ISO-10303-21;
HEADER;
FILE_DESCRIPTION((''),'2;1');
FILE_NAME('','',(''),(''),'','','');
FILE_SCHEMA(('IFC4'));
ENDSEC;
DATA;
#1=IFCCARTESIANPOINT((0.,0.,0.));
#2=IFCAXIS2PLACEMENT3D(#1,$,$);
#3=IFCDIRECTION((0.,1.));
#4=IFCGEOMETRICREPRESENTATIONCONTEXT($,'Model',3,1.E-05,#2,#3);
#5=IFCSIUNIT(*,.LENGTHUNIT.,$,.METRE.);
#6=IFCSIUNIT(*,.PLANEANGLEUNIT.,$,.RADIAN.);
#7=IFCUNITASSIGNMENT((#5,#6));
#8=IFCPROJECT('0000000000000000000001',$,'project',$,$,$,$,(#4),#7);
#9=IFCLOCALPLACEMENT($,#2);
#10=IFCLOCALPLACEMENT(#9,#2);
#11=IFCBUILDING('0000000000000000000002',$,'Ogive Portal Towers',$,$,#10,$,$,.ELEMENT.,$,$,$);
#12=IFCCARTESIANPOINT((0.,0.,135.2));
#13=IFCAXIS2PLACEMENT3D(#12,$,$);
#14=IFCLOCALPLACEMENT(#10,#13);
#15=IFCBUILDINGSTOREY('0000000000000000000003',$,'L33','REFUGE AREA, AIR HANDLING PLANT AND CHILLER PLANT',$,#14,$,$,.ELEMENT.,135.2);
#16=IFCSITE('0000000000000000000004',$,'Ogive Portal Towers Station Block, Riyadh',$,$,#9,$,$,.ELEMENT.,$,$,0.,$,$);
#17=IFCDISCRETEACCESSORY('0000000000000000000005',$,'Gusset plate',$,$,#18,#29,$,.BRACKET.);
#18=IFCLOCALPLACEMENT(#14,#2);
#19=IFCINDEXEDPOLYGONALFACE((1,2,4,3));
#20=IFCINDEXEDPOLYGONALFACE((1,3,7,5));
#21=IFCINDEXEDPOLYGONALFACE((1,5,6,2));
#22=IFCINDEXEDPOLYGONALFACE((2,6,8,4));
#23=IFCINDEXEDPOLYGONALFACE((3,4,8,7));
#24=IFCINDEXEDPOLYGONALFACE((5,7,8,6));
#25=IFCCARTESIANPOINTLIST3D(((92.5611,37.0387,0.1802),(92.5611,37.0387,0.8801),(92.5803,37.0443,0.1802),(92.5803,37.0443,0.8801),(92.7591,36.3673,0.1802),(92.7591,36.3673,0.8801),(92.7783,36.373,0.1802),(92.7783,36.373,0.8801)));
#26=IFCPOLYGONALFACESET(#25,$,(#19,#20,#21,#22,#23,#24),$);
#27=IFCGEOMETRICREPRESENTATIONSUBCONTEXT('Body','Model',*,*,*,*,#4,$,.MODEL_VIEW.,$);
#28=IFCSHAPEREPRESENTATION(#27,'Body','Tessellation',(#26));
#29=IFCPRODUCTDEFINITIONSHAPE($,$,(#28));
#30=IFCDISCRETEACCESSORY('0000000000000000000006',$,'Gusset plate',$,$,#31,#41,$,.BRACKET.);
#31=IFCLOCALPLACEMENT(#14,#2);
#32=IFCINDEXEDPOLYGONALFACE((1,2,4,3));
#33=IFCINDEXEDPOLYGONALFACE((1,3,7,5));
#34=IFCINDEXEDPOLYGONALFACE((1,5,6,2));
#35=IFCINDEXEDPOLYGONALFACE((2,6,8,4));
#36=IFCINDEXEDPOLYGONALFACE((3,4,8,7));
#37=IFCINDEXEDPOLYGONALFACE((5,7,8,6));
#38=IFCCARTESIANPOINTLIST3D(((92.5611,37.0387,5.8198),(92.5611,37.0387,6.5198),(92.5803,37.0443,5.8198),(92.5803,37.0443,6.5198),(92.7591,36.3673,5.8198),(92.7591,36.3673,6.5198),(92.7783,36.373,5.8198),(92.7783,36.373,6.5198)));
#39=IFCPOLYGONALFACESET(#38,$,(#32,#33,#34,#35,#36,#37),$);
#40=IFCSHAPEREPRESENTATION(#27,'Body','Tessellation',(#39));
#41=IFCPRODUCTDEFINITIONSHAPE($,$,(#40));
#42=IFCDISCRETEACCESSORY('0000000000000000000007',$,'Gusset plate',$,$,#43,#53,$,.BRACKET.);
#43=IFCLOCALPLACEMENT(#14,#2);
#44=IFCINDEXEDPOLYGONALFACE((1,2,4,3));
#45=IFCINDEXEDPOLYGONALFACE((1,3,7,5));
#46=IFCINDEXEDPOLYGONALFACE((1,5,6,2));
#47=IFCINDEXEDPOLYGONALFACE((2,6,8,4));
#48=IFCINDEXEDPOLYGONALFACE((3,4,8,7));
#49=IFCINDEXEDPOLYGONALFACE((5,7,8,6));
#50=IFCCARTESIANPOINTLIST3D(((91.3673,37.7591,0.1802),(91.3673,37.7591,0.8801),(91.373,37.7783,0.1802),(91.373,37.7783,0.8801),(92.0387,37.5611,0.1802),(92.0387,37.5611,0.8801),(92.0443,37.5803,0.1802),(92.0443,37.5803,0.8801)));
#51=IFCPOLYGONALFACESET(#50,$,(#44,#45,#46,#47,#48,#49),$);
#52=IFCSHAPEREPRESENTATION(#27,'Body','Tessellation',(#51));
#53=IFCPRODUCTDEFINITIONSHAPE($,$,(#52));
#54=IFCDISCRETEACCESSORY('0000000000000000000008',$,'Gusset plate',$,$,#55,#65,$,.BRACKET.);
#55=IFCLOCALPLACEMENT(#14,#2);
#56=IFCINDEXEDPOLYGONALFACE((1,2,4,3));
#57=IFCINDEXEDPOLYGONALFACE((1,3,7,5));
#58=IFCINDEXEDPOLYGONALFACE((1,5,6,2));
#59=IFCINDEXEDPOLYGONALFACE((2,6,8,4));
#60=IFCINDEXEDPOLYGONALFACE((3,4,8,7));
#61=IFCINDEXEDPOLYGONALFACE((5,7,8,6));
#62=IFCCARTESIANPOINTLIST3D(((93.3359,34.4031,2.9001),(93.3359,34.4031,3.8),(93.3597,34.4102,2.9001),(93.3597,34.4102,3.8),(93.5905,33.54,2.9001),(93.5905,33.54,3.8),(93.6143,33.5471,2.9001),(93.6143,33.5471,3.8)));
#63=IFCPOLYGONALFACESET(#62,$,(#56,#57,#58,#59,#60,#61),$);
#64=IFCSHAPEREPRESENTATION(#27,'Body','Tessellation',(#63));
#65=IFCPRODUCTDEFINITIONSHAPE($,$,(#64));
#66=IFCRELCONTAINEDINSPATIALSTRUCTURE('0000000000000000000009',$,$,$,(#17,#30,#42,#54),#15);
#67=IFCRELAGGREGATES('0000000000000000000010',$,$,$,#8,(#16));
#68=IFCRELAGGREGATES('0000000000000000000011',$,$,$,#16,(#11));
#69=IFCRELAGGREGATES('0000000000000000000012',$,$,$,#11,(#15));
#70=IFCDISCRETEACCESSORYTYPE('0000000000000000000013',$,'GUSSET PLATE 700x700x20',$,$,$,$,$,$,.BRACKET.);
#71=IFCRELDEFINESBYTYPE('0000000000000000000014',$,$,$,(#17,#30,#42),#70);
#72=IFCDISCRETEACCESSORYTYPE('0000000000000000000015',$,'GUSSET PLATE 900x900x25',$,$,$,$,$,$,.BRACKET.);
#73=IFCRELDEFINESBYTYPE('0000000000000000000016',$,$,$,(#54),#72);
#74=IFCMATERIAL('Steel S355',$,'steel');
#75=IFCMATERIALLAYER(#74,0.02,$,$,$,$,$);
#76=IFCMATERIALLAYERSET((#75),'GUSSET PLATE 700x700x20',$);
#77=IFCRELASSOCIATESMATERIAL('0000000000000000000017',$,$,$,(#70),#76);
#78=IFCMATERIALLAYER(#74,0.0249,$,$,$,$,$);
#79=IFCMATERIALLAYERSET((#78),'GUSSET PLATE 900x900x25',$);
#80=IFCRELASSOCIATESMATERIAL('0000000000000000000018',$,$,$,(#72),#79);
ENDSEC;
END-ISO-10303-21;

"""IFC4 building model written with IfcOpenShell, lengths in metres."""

from ifc_helpers import new_model, si_unit, direction, frame, origin, origin_2d, place, context, subcontext, project, spatial, rectangle, extrude, material, layer, layer_set, type_object, element, save


model = new_model("IFC4")

# Units and contexts
model_context = context("Model", 3, precision=1e-05, world=origin(), true_north=direction((0.0, 1.0)))
body_context = subcontext(model_context, "Body", "Model", "MODEL_VIEW")
ifc_project = project(units=[si_unit("LENGTHUNIT", "METRE"), si_unit("PLANEANGLEUNIT", "RADIAN")], contexts=[model_context])

# Site, building, storey
site_placement = place(None, origin())
site = spatial("IfcSite", under=ifc_project, at=site_placement, Name="Ogive Portal Towers Station Block, Riyadh", CompositionType="ELEMENT", RefElevation=0.0)
building_placement = place(site_placement, origin())
building = spatial("IfcBuilding", under=site, at=building_placement, Name="Ogive Portal Towers", CompositionType="ELEMENT")
storey_placement = place(building_placement, frame((0.0, 0.0, 135.2)))
storey = spatial("IfcBuildingStorey", under=building, at=storey_placement, Name="L33", Description="REFUGE AREA, AIR HANDLING PLANT AND CHILLER PLANT", CompositionType="ELEMENT", Elevation=135.2)

# Shared definitions
ifc_material_1 = material(Name="Steel S355", Category="steel")

# Discrete accessories
ifc_layer_1 = layer(ifc_material_1, 0.02)
ifc_layer_set_1 = layer_set([ifc_layer_1], Name="GUSSET PLATE 700x700x20")
discrete_accessory_type_1 = type_object("IfcDiscreteAccessoryType", Name="GUSSET PLATE 700x700x20", PredefinedType="BRACKET", material=ifc_layer_set_1)
for number, where, z_axis, x_axis, name in (
    (1, (92.6697, 36.7058, 0.1802), (0.0, 0.0, 1.0), (-0.282894, 0.959151, 0.0), "Gusset plate"),
    (2, (92.6697, 36.7058, 5.8198), (0.0, 0.0, 1.0), (-0.282894, 0.959151, 0.0), "Gusset plate"),
    (3, (91.7058, 37.6697, 0.1802), (0.0, 0.0, 1.0), (-0.959151, 0.282894, 0.0), "Gusset plate"),
):
    element("IfcDiscreteAccessory", number, at=place(storey_placement, frame(where, z_axis=z_axis, x_axis=x_axis)), inside=storey, type_object=discrete_accessory_type_1, Name=name, PredefinedType="BRACKET", context=body_context, shape_type="SweptSolid", body=[
        extrude(rectangle(XDim=0.7, YDim=0.02, at=origin_2d()), origin(), (0.0, 0.0, 1.0), 0.7),
    ])
ifc_layer_2 = layer(ifc_material_1, 0.0249)
ifc_layer_set_2 = layer_set([ifc_layer_2], Name="GUSSET PLATE 900x900x25")
discrete_accessory_type_2 = type_object("IfcDiscreteAccessoryType", Name="GUSSET PLATE 900x900x25", PredefinedType="BRACKET", material=ifc_layer_set_2)
discrete_accessory_placement = place(storey_placement, frame((93.4751, 33.9751, 2.9001), z_axis=(0.0, 0.0, 1.0), x_axis=(-0.282911, 0.959146, 0.0)))
element("IfcDiscreteAccessory", 4, at=discrete_accessory_placement, inside=storey, type_object=discrete_accessory_type_2, Name="Gusset plate", PredefinedType="BRACKET", context=body_context, shape_type="SweptSolid", body=[
    extrude(rectangle(XDim=0.8999, YDim=0.0249, at=origin_2d()), origin(), (0.0, 0.0, 1.0), 0.8999),
])

save(model, "model.ifc")
